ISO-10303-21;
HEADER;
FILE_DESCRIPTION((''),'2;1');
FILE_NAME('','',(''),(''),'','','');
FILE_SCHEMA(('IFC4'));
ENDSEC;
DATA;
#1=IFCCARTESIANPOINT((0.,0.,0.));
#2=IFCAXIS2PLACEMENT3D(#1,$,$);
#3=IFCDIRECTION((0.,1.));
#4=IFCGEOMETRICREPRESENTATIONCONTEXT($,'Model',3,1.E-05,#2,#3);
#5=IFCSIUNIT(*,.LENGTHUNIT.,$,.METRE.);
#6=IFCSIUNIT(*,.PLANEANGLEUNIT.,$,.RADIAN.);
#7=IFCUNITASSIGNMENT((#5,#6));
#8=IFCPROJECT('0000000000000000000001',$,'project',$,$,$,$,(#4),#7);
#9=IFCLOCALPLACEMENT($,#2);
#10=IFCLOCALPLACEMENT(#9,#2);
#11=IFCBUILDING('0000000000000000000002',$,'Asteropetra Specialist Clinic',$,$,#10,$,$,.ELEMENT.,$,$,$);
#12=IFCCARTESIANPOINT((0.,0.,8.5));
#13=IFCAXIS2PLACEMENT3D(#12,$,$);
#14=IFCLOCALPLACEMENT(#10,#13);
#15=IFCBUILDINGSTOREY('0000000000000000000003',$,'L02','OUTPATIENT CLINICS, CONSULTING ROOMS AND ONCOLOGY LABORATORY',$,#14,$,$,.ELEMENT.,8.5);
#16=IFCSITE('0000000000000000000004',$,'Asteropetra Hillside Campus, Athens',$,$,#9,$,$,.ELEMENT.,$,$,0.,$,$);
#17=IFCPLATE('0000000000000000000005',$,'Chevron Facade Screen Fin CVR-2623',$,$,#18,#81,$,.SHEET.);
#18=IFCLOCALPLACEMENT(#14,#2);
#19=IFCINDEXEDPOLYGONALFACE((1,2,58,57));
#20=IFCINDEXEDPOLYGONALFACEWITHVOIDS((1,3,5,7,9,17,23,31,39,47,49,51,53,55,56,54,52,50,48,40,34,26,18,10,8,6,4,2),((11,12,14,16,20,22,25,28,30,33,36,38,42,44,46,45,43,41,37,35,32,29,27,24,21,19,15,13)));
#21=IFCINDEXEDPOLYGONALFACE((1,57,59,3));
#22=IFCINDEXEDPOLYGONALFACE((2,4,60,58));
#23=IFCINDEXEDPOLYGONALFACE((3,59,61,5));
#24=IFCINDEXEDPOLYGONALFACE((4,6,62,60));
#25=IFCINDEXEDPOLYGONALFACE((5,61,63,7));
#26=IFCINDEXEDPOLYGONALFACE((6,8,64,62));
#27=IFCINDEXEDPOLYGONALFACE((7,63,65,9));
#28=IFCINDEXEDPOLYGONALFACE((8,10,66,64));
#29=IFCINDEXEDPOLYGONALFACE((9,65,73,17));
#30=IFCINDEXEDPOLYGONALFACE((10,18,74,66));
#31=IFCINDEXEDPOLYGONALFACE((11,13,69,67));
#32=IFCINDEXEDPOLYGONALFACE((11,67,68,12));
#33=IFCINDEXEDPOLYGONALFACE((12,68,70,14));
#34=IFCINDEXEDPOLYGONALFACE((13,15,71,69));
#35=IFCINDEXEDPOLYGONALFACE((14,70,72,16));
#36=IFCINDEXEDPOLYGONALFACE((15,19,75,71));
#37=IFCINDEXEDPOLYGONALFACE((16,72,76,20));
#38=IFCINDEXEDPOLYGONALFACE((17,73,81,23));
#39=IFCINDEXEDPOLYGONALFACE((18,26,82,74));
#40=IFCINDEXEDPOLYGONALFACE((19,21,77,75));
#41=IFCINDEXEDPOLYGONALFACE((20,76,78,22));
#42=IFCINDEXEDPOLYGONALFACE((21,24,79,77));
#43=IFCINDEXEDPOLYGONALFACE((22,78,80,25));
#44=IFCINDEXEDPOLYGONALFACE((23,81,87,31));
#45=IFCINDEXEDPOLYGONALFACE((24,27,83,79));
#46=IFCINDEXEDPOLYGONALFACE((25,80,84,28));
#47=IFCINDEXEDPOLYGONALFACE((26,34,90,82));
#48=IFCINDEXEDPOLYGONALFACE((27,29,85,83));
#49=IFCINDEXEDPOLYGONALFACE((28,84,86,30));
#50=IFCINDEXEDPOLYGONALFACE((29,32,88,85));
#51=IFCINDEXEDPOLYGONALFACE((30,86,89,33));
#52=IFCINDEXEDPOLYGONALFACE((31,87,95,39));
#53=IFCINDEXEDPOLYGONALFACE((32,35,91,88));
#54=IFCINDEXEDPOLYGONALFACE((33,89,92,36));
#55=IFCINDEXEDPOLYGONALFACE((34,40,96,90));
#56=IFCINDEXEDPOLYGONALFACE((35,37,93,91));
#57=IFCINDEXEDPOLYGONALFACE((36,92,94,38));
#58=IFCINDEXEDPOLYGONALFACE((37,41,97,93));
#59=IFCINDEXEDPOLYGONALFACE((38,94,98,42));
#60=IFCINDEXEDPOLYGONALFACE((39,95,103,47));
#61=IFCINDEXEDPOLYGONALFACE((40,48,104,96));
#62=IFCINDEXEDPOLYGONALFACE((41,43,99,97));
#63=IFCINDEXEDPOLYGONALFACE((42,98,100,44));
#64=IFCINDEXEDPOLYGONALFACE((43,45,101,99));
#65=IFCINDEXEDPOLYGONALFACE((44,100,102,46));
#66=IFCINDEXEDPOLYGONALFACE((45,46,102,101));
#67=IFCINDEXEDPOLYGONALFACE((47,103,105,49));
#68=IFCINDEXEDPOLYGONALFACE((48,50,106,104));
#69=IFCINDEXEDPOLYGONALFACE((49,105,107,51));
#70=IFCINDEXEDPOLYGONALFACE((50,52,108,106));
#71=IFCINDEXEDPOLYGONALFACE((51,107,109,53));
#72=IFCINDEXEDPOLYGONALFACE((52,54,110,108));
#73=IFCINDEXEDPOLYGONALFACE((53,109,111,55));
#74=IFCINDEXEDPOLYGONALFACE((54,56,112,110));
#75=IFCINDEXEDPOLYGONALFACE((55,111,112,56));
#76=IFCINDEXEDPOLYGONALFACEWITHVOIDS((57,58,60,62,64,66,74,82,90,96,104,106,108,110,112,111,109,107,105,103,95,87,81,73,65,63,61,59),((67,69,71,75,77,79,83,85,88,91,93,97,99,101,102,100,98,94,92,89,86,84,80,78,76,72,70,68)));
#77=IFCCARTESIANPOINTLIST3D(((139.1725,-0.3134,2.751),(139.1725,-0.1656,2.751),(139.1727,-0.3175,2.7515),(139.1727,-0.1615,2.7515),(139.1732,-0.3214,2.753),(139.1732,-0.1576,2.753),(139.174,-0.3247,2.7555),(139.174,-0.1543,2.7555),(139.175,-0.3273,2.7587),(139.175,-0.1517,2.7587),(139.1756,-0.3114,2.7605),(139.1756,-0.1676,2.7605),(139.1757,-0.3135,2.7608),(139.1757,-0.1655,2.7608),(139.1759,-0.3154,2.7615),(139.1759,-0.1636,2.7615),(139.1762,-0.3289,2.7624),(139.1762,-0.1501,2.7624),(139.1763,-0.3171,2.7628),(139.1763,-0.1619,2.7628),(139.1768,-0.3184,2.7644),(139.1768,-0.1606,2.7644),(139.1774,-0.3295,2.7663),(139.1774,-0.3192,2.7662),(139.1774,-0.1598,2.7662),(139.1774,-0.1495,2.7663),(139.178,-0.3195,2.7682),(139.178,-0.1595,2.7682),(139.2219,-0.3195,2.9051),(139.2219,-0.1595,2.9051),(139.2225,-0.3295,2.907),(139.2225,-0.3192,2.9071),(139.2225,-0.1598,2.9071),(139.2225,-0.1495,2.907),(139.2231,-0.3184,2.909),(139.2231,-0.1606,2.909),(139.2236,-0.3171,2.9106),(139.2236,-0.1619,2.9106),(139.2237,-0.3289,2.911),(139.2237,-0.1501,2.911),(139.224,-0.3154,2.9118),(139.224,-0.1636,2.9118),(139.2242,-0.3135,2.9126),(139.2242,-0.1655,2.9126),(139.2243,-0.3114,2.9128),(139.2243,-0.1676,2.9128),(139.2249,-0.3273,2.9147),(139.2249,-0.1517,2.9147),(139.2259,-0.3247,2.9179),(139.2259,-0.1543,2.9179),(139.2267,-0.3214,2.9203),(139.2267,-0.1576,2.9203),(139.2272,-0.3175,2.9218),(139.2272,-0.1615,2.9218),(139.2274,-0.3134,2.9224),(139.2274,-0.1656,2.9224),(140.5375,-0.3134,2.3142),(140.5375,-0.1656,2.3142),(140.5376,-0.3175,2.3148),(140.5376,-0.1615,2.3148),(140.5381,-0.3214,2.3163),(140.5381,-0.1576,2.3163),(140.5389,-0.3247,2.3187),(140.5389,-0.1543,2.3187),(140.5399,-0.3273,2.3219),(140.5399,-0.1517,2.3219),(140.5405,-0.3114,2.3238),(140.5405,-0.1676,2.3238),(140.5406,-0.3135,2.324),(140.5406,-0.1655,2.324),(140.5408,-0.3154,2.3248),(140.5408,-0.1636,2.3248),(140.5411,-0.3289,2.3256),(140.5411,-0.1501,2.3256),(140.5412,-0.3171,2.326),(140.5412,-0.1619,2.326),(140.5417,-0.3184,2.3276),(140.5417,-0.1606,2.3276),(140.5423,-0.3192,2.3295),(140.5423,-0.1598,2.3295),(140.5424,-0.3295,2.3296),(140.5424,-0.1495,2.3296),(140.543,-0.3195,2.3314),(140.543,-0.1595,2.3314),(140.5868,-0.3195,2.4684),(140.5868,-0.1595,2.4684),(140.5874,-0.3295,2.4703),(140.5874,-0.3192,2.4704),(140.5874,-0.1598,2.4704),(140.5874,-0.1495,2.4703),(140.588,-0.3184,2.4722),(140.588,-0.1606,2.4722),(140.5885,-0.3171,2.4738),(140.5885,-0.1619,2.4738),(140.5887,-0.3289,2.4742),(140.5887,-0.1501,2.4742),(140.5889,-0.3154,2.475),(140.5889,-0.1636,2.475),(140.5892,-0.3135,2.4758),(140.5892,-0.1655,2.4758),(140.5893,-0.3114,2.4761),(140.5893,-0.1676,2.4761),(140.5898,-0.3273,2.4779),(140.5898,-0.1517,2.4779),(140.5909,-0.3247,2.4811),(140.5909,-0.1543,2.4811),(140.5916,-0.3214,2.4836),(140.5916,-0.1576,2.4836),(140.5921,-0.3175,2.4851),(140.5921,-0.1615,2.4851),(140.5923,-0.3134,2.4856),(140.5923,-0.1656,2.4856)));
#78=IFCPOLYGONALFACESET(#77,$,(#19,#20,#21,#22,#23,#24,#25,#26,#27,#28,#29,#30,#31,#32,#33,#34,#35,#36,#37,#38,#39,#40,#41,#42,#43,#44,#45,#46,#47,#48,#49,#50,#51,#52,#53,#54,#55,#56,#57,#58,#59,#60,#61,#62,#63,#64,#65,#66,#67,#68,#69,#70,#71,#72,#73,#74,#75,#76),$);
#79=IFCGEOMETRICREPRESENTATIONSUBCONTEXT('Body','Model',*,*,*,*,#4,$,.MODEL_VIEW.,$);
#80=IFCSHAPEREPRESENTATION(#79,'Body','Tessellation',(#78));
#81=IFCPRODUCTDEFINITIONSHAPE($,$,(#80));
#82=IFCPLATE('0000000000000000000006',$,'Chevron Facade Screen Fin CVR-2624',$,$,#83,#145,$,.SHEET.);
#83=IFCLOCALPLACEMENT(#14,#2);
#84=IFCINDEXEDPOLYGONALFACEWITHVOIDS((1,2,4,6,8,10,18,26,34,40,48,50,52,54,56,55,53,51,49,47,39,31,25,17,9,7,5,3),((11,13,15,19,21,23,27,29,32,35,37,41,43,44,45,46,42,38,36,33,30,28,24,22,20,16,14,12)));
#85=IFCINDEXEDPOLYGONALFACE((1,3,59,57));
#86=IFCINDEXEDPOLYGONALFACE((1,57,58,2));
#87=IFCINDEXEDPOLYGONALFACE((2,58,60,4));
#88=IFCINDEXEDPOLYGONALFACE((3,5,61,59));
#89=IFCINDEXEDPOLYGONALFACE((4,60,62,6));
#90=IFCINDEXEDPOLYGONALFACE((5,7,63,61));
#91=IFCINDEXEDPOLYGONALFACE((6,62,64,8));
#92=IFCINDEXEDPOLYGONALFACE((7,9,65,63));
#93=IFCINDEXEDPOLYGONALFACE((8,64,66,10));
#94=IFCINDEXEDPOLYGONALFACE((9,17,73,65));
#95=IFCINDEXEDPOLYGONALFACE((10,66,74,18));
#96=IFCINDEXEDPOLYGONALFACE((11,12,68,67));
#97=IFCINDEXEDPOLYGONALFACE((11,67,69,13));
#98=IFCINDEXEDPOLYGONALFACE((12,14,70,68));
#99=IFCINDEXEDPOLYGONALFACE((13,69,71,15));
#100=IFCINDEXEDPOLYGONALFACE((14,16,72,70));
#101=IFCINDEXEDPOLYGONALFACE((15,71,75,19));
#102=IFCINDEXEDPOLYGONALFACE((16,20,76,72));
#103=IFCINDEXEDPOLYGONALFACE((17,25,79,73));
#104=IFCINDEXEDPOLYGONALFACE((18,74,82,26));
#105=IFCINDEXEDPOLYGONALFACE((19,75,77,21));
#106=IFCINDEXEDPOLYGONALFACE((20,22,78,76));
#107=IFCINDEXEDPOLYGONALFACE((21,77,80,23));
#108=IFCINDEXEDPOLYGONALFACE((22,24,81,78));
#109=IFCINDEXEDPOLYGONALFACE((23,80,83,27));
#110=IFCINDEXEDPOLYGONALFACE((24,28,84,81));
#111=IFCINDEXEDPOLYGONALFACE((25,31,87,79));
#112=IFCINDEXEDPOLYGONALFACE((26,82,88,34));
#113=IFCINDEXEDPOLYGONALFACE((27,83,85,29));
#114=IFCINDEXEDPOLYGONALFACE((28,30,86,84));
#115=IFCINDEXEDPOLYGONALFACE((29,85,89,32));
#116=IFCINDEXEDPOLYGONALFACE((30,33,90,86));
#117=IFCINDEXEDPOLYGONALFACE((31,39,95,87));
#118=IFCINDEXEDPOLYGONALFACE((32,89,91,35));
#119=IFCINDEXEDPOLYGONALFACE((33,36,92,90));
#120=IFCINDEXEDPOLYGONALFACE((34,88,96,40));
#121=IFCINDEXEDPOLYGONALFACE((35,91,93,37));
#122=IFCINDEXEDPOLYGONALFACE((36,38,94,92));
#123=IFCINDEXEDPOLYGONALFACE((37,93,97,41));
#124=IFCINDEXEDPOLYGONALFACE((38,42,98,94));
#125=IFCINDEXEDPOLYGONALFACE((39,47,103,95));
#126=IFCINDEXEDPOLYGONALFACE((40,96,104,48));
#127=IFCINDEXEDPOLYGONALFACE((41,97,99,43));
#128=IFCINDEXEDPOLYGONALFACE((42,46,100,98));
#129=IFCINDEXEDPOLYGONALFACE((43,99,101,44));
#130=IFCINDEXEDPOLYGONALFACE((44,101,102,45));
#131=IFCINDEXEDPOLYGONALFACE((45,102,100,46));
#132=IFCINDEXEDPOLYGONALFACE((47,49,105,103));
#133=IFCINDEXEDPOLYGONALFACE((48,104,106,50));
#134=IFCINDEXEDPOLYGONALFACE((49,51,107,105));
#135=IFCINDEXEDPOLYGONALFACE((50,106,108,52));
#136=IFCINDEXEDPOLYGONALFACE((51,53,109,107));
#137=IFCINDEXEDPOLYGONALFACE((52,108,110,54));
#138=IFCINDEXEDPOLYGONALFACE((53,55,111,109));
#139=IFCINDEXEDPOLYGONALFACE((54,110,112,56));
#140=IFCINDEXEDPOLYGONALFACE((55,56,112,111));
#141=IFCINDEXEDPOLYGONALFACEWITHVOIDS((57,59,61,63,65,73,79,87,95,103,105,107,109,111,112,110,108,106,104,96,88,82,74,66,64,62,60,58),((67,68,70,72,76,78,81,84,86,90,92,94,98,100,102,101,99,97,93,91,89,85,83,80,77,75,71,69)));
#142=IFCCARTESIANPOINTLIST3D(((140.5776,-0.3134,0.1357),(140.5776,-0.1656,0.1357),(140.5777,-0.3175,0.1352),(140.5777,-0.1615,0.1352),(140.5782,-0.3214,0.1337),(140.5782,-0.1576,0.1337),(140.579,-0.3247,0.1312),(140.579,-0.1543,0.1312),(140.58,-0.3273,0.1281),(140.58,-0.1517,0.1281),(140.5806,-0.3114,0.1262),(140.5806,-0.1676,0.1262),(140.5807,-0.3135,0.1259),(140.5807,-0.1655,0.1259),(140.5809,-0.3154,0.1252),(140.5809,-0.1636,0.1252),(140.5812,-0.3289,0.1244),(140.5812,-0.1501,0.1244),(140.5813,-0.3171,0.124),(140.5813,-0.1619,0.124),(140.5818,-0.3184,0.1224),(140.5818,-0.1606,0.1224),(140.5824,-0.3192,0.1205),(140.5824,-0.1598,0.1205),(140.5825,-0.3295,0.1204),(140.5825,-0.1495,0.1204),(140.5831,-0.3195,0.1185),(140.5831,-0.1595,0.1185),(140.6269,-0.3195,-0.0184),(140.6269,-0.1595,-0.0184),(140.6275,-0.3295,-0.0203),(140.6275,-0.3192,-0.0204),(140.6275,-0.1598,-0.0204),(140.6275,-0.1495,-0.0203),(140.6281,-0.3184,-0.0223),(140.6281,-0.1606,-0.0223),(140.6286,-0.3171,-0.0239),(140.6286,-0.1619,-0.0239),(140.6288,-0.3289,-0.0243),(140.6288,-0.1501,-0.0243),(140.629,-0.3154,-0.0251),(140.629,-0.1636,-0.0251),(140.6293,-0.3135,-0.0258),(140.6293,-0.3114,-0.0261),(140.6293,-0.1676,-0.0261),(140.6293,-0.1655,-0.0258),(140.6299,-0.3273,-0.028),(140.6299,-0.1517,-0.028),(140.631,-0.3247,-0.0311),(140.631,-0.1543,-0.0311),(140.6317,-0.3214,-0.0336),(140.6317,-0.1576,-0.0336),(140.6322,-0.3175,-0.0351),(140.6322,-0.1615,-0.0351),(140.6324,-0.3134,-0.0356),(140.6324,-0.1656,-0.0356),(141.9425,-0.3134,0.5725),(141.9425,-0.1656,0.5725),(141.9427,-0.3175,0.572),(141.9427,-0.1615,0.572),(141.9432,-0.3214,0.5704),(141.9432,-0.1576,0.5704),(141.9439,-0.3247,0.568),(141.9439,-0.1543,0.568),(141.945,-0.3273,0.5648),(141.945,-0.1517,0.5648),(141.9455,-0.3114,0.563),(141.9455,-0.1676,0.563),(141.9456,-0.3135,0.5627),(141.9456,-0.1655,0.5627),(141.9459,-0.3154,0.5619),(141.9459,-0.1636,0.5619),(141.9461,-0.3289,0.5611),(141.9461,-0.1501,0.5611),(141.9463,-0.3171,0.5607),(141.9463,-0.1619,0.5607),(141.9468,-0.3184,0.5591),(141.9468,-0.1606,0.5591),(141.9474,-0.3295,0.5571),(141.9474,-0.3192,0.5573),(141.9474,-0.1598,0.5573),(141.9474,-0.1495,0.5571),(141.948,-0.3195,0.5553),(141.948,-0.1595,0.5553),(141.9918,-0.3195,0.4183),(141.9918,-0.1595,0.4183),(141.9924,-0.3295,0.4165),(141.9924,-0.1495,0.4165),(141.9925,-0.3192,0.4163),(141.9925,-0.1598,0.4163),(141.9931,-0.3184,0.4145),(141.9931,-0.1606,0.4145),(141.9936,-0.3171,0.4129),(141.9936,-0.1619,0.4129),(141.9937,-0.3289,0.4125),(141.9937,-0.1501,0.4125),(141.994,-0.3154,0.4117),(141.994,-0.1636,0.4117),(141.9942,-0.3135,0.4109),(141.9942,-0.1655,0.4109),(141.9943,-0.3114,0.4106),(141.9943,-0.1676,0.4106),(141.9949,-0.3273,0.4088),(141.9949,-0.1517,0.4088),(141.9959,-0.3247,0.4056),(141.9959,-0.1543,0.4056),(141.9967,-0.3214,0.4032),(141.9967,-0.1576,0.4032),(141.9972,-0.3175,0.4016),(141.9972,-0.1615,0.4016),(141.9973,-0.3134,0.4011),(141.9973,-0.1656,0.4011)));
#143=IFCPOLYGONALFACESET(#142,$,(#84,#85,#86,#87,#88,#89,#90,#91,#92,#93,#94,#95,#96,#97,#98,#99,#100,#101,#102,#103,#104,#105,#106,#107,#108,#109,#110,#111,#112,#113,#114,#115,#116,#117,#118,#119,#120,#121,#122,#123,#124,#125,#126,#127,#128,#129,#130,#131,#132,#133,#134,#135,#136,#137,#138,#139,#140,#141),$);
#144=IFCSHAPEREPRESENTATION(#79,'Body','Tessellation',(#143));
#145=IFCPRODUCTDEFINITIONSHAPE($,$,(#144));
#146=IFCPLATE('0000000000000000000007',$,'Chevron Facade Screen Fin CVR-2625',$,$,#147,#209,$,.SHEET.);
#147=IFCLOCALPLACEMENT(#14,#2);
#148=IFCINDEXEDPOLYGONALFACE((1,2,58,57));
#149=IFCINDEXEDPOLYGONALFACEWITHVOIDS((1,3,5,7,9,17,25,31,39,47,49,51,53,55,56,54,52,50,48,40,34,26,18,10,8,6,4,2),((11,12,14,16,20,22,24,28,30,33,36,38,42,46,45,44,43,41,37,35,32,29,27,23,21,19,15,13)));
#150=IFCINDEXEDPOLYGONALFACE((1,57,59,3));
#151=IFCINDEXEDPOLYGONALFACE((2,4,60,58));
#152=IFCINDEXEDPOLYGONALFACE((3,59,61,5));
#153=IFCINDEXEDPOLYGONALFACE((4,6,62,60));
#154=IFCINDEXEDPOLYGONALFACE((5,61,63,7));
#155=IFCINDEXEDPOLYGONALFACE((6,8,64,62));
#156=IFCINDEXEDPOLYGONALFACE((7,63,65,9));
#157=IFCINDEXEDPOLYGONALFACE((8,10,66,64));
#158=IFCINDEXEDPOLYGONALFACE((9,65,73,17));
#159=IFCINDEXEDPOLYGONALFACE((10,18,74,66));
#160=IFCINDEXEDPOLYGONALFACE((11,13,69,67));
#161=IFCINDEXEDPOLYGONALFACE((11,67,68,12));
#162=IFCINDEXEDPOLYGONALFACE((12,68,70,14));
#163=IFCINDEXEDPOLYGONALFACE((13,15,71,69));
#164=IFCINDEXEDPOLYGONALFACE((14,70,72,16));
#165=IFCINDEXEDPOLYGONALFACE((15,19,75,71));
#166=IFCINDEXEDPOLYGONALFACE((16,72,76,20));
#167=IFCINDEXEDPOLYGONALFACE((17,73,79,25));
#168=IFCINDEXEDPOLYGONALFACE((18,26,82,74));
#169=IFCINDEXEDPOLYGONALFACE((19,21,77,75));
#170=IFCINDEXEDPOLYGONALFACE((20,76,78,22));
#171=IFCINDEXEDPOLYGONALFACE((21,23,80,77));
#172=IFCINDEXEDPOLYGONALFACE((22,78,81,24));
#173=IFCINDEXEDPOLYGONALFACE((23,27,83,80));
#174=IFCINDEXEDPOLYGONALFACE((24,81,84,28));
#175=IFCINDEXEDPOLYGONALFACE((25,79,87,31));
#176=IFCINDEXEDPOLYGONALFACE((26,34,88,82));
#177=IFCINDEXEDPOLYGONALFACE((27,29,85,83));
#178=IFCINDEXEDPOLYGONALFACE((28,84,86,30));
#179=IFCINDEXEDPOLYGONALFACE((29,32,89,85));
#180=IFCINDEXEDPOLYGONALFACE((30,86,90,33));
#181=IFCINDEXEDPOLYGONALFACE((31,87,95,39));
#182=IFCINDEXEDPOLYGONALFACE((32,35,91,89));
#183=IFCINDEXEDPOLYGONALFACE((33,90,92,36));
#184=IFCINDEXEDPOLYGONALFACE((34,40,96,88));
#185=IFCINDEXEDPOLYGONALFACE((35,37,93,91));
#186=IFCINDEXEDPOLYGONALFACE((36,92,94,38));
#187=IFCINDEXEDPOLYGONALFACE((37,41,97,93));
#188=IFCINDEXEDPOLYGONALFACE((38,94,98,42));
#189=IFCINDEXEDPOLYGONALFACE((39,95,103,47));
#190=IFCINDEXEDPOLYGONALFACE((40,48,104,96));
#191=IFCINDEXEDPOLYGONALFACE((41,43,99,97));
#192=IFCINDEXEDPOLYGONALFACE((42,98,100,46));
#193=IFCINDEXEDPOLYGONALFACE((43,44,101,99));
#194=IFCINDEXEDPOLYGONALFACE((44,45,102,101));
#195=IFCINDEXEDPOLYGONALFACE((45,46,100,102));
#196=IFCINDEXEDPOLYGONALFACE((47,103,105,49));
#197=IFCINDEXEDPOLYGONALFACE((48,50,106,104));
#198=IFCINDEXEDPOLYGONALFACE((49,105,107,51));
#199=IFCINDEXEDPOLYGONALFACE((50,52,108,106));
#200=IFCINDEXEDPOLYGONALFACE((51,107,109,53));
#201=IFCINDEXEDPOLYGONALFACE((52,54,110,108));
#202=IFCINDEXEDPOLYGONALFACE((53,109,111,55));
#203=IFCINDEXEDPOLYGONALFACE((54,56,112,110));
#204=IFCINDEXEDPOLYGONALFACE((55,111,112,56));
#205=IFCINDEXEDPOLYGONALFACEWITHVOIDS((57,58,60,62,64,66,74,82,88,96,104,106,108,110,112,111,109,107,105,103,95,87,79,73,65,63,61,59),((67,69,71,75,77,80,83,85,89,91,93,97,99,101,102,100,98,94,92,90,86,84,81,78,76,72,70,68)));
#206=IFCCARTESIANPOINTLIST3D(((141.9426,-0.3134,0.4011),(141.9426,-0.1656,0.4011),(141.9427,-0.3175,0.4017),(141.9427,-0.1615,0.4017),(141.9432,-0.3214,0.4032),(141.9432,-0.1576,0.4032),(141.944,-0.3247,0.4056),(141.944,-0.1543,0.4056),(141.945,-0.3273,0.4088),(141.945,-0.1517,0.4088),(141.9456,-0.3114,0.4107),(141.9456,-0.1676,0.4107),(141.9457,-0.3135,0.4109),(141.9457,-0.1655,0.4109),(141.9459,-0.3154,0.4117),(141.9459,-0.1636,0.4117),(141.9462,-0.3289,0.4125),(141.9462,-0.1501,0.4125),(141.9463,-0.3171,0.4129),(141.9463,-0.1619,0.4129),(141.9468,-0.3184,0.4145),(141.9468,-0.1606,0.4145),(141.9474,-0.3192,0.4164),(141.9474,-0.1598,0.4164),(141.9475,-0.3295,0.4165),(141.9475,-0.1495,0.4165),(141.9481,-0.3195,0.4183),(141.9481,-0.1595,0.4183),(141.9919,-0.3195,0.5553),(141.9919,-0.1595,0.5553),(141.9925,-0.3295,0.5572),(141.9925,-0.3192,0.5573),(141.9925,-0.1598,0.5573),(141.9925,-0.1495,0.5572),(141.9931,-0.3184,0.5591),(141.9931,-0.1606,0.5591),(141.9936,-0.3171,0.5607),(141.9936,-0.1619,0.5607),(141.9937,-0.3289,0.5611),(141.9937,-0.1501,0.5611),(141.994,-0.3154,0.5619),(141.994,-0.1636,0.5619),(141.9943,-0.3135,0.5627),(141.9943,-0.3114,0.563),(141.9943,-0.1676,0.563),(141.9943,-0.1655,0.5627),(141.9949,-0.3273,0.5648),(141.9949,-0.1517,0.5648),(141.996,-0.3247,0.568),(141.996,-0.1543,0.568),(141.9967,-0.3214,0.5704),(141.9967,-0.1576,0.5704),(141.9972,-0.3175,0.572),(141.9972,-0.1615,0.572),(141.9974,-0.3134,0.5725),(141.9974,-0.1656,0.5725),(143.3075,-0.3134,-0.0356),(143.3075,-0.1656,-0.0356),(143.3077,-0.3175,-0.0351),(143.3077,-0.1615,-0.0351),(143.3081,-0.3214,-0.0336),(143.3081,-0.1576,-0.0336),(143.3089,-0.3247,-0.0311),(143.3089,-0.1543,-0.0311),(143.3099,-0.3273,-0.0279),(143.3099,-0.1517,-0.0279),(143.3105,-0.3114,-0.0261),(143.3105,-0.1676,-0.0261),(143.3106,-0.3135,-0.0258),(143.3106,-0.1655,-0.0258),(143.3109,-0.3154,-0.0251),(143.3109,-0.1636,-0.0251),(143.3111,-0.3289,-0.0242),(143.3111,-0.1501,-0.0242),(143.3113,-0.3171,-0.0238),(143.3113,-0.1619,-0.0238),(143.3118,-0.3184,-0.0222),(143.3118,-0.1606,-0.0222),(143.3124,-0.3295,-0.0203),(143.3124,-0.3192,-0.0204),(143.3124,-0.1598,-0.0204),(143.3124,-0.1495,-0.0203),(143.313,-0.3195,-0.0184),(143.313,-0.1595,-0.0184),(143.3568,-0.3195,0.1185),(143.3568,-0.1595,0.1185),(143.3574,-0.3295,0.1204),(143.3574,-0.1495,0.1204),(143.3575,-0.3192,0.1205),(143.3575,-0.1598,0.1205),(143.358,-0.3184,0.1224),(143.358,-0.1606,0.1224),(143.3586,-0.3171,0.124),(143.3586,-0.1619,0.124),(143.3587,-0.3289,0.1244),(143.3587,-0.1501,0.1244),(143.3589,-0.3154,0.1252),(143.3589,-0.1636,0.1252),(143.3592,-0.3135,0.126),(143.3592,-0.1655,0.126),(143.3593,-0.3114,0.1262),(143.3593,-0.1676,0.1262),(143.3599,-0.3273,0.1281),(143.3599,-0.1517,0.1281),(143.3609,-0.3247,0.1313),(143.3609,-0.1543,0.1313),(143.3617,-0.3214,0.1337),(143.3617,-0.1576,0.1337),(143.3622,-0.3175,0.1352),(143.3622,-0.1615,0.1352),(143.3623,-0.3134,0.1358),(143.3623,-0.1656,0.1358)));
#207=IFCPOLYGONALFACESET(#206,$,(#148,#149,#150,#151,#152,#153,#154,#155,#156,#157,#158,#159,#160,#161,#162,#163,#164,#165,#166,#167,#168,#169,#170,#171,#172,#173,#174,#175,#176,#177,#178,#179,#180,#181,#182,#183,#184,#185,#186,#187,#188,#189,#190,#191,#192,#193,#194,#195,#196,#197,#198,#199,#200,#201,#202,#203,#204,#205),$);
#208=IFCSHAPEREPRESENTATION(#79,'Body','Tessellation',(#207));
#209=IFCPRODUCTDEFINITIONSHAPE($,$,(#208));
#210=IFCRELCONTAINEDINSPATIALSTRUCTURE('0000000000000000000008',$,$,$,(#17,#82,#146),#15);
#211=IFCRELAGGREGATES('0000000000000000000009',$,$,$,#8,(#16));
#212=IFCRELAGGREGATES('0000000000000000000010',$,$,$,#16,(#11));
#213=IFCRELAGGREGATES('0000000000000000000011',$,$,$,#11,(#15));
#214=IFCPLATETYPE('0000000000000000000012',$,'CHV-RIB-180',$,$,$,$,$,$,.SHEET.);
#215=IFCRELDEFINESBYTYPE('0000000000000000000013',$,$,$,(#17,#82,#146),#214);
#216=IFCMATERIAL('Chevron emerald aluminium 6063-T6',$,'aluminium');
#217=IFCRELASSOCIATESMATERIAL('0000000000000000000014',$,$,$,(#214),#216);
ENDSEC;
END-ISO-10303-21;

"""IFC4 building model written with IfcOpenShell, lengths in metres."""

from ifc_helpers import new_model, si_unit, direction, frame, origin, origin_2d, place, context, subcontext, project, spatial, hollow_rectangle, extrude, material, material_profile, profile_set, type_object, element, save


model = new_model("IFC4")

# Units and contexts
model_context = context("Model", 3, precision=1e-05, world=origin(), true_north=direction((0.0, 1.0)))
body_context = subcontext(model_context, "Body", "Model", "MODEL_VIEW")
ifc_project = project(units=[si_unit("LENGTHUNIT", "METRE"), si_unit("PLANEANGLEUNIT", "RADIAN")], contexts=[model_context])

# Site, building, storey
site_placement = place(None, origin())
site = spatial("IfcSite", under=ifc_project, at=site_placement, Name="Asteropetra Hillside Campus, Athens", CompositionType="ELEMENT", RefElevation=0.0)
building_placement = place(site_placement, origin())
building = spatial("IfcBuilding", under=site, at=building_placement, Name="Asteropetra Specialist Clinic", CompositionType="ELEMENT")
storey_placement = place(building_placement, frame((0.0, 0.0, 8.5)))
storey = spatial("IfcBuildingStorey", under=building, at=storey_placement, Name="L02", Description="OUTPATIENT CLINICS, CONSULTING ROOMS AND ONCOLOGY LABORATORY", CompositionType="ELEMENT", Elevation=8.5)

# Plates
ifc_material_1 = material(Name="Chevron emerald aluminium 6063-T6", Category="aluminium")
ifc_material_profile = material_profile(ifc_material_1, hollow_rectangle(XDim=0.1799, YDim=0.1799, WallThickness=0.01, InnerFilletRadius=0.0081, OuterFilletRadius=0.0161, at=origin_2d()), Name="SHS 180x180x10.0")
ifc_profile_set = profile_set([ifc_material_profile], Name="Chevron emerald aluminium 6063-T6")
plate_type = type_object("IfcPlateType", Name="CHV-RIB-180", PredefinedType="SHEET", material=ifc_profile_set)
for number, where, z_axis, x_axis, name in (
    (1, (139.2, -0.2395, 2.8367), (0.95243, 0.0, -0.304757), (0.0, 1.0, 0.0), "Chevron Facade Screen Fin CVR-2623"),
    (2, (140.605, -0.2395, 0.05), (0.95243, 0.0, 0.304757), (0.0, 1.0, 0.0), "Chevron Facade Screen Fin CVR-2624"),
    (3, (141.97, -0.2395, 0.4868), (0.95243, 0.0, -0.304757), (0.0, 1.0, 0.0), "Chevron Facade Screen Fin CVR-2625"),
):
    element("IfcPlate", number, at=place(storey_placement, frame(where, z_axis=z_axis, x_axis=x_axis)), inside=storey, type_object=plate_type, Name=name, PredefinedType="SHEET", context=body_context, shape_type="SweptSolid", body=[
        extrude(hollow_rectangle(XDim=0.1799, YDim=0.1799, WallThickness=0.01, InnerFilletRadius=0.0081, OuterFilletRadius=0.0161, at=origin_2d()), origin(), (0.0, 0.0, 1.0), 1.4331),
    ])

save(model, "model.ifc")
